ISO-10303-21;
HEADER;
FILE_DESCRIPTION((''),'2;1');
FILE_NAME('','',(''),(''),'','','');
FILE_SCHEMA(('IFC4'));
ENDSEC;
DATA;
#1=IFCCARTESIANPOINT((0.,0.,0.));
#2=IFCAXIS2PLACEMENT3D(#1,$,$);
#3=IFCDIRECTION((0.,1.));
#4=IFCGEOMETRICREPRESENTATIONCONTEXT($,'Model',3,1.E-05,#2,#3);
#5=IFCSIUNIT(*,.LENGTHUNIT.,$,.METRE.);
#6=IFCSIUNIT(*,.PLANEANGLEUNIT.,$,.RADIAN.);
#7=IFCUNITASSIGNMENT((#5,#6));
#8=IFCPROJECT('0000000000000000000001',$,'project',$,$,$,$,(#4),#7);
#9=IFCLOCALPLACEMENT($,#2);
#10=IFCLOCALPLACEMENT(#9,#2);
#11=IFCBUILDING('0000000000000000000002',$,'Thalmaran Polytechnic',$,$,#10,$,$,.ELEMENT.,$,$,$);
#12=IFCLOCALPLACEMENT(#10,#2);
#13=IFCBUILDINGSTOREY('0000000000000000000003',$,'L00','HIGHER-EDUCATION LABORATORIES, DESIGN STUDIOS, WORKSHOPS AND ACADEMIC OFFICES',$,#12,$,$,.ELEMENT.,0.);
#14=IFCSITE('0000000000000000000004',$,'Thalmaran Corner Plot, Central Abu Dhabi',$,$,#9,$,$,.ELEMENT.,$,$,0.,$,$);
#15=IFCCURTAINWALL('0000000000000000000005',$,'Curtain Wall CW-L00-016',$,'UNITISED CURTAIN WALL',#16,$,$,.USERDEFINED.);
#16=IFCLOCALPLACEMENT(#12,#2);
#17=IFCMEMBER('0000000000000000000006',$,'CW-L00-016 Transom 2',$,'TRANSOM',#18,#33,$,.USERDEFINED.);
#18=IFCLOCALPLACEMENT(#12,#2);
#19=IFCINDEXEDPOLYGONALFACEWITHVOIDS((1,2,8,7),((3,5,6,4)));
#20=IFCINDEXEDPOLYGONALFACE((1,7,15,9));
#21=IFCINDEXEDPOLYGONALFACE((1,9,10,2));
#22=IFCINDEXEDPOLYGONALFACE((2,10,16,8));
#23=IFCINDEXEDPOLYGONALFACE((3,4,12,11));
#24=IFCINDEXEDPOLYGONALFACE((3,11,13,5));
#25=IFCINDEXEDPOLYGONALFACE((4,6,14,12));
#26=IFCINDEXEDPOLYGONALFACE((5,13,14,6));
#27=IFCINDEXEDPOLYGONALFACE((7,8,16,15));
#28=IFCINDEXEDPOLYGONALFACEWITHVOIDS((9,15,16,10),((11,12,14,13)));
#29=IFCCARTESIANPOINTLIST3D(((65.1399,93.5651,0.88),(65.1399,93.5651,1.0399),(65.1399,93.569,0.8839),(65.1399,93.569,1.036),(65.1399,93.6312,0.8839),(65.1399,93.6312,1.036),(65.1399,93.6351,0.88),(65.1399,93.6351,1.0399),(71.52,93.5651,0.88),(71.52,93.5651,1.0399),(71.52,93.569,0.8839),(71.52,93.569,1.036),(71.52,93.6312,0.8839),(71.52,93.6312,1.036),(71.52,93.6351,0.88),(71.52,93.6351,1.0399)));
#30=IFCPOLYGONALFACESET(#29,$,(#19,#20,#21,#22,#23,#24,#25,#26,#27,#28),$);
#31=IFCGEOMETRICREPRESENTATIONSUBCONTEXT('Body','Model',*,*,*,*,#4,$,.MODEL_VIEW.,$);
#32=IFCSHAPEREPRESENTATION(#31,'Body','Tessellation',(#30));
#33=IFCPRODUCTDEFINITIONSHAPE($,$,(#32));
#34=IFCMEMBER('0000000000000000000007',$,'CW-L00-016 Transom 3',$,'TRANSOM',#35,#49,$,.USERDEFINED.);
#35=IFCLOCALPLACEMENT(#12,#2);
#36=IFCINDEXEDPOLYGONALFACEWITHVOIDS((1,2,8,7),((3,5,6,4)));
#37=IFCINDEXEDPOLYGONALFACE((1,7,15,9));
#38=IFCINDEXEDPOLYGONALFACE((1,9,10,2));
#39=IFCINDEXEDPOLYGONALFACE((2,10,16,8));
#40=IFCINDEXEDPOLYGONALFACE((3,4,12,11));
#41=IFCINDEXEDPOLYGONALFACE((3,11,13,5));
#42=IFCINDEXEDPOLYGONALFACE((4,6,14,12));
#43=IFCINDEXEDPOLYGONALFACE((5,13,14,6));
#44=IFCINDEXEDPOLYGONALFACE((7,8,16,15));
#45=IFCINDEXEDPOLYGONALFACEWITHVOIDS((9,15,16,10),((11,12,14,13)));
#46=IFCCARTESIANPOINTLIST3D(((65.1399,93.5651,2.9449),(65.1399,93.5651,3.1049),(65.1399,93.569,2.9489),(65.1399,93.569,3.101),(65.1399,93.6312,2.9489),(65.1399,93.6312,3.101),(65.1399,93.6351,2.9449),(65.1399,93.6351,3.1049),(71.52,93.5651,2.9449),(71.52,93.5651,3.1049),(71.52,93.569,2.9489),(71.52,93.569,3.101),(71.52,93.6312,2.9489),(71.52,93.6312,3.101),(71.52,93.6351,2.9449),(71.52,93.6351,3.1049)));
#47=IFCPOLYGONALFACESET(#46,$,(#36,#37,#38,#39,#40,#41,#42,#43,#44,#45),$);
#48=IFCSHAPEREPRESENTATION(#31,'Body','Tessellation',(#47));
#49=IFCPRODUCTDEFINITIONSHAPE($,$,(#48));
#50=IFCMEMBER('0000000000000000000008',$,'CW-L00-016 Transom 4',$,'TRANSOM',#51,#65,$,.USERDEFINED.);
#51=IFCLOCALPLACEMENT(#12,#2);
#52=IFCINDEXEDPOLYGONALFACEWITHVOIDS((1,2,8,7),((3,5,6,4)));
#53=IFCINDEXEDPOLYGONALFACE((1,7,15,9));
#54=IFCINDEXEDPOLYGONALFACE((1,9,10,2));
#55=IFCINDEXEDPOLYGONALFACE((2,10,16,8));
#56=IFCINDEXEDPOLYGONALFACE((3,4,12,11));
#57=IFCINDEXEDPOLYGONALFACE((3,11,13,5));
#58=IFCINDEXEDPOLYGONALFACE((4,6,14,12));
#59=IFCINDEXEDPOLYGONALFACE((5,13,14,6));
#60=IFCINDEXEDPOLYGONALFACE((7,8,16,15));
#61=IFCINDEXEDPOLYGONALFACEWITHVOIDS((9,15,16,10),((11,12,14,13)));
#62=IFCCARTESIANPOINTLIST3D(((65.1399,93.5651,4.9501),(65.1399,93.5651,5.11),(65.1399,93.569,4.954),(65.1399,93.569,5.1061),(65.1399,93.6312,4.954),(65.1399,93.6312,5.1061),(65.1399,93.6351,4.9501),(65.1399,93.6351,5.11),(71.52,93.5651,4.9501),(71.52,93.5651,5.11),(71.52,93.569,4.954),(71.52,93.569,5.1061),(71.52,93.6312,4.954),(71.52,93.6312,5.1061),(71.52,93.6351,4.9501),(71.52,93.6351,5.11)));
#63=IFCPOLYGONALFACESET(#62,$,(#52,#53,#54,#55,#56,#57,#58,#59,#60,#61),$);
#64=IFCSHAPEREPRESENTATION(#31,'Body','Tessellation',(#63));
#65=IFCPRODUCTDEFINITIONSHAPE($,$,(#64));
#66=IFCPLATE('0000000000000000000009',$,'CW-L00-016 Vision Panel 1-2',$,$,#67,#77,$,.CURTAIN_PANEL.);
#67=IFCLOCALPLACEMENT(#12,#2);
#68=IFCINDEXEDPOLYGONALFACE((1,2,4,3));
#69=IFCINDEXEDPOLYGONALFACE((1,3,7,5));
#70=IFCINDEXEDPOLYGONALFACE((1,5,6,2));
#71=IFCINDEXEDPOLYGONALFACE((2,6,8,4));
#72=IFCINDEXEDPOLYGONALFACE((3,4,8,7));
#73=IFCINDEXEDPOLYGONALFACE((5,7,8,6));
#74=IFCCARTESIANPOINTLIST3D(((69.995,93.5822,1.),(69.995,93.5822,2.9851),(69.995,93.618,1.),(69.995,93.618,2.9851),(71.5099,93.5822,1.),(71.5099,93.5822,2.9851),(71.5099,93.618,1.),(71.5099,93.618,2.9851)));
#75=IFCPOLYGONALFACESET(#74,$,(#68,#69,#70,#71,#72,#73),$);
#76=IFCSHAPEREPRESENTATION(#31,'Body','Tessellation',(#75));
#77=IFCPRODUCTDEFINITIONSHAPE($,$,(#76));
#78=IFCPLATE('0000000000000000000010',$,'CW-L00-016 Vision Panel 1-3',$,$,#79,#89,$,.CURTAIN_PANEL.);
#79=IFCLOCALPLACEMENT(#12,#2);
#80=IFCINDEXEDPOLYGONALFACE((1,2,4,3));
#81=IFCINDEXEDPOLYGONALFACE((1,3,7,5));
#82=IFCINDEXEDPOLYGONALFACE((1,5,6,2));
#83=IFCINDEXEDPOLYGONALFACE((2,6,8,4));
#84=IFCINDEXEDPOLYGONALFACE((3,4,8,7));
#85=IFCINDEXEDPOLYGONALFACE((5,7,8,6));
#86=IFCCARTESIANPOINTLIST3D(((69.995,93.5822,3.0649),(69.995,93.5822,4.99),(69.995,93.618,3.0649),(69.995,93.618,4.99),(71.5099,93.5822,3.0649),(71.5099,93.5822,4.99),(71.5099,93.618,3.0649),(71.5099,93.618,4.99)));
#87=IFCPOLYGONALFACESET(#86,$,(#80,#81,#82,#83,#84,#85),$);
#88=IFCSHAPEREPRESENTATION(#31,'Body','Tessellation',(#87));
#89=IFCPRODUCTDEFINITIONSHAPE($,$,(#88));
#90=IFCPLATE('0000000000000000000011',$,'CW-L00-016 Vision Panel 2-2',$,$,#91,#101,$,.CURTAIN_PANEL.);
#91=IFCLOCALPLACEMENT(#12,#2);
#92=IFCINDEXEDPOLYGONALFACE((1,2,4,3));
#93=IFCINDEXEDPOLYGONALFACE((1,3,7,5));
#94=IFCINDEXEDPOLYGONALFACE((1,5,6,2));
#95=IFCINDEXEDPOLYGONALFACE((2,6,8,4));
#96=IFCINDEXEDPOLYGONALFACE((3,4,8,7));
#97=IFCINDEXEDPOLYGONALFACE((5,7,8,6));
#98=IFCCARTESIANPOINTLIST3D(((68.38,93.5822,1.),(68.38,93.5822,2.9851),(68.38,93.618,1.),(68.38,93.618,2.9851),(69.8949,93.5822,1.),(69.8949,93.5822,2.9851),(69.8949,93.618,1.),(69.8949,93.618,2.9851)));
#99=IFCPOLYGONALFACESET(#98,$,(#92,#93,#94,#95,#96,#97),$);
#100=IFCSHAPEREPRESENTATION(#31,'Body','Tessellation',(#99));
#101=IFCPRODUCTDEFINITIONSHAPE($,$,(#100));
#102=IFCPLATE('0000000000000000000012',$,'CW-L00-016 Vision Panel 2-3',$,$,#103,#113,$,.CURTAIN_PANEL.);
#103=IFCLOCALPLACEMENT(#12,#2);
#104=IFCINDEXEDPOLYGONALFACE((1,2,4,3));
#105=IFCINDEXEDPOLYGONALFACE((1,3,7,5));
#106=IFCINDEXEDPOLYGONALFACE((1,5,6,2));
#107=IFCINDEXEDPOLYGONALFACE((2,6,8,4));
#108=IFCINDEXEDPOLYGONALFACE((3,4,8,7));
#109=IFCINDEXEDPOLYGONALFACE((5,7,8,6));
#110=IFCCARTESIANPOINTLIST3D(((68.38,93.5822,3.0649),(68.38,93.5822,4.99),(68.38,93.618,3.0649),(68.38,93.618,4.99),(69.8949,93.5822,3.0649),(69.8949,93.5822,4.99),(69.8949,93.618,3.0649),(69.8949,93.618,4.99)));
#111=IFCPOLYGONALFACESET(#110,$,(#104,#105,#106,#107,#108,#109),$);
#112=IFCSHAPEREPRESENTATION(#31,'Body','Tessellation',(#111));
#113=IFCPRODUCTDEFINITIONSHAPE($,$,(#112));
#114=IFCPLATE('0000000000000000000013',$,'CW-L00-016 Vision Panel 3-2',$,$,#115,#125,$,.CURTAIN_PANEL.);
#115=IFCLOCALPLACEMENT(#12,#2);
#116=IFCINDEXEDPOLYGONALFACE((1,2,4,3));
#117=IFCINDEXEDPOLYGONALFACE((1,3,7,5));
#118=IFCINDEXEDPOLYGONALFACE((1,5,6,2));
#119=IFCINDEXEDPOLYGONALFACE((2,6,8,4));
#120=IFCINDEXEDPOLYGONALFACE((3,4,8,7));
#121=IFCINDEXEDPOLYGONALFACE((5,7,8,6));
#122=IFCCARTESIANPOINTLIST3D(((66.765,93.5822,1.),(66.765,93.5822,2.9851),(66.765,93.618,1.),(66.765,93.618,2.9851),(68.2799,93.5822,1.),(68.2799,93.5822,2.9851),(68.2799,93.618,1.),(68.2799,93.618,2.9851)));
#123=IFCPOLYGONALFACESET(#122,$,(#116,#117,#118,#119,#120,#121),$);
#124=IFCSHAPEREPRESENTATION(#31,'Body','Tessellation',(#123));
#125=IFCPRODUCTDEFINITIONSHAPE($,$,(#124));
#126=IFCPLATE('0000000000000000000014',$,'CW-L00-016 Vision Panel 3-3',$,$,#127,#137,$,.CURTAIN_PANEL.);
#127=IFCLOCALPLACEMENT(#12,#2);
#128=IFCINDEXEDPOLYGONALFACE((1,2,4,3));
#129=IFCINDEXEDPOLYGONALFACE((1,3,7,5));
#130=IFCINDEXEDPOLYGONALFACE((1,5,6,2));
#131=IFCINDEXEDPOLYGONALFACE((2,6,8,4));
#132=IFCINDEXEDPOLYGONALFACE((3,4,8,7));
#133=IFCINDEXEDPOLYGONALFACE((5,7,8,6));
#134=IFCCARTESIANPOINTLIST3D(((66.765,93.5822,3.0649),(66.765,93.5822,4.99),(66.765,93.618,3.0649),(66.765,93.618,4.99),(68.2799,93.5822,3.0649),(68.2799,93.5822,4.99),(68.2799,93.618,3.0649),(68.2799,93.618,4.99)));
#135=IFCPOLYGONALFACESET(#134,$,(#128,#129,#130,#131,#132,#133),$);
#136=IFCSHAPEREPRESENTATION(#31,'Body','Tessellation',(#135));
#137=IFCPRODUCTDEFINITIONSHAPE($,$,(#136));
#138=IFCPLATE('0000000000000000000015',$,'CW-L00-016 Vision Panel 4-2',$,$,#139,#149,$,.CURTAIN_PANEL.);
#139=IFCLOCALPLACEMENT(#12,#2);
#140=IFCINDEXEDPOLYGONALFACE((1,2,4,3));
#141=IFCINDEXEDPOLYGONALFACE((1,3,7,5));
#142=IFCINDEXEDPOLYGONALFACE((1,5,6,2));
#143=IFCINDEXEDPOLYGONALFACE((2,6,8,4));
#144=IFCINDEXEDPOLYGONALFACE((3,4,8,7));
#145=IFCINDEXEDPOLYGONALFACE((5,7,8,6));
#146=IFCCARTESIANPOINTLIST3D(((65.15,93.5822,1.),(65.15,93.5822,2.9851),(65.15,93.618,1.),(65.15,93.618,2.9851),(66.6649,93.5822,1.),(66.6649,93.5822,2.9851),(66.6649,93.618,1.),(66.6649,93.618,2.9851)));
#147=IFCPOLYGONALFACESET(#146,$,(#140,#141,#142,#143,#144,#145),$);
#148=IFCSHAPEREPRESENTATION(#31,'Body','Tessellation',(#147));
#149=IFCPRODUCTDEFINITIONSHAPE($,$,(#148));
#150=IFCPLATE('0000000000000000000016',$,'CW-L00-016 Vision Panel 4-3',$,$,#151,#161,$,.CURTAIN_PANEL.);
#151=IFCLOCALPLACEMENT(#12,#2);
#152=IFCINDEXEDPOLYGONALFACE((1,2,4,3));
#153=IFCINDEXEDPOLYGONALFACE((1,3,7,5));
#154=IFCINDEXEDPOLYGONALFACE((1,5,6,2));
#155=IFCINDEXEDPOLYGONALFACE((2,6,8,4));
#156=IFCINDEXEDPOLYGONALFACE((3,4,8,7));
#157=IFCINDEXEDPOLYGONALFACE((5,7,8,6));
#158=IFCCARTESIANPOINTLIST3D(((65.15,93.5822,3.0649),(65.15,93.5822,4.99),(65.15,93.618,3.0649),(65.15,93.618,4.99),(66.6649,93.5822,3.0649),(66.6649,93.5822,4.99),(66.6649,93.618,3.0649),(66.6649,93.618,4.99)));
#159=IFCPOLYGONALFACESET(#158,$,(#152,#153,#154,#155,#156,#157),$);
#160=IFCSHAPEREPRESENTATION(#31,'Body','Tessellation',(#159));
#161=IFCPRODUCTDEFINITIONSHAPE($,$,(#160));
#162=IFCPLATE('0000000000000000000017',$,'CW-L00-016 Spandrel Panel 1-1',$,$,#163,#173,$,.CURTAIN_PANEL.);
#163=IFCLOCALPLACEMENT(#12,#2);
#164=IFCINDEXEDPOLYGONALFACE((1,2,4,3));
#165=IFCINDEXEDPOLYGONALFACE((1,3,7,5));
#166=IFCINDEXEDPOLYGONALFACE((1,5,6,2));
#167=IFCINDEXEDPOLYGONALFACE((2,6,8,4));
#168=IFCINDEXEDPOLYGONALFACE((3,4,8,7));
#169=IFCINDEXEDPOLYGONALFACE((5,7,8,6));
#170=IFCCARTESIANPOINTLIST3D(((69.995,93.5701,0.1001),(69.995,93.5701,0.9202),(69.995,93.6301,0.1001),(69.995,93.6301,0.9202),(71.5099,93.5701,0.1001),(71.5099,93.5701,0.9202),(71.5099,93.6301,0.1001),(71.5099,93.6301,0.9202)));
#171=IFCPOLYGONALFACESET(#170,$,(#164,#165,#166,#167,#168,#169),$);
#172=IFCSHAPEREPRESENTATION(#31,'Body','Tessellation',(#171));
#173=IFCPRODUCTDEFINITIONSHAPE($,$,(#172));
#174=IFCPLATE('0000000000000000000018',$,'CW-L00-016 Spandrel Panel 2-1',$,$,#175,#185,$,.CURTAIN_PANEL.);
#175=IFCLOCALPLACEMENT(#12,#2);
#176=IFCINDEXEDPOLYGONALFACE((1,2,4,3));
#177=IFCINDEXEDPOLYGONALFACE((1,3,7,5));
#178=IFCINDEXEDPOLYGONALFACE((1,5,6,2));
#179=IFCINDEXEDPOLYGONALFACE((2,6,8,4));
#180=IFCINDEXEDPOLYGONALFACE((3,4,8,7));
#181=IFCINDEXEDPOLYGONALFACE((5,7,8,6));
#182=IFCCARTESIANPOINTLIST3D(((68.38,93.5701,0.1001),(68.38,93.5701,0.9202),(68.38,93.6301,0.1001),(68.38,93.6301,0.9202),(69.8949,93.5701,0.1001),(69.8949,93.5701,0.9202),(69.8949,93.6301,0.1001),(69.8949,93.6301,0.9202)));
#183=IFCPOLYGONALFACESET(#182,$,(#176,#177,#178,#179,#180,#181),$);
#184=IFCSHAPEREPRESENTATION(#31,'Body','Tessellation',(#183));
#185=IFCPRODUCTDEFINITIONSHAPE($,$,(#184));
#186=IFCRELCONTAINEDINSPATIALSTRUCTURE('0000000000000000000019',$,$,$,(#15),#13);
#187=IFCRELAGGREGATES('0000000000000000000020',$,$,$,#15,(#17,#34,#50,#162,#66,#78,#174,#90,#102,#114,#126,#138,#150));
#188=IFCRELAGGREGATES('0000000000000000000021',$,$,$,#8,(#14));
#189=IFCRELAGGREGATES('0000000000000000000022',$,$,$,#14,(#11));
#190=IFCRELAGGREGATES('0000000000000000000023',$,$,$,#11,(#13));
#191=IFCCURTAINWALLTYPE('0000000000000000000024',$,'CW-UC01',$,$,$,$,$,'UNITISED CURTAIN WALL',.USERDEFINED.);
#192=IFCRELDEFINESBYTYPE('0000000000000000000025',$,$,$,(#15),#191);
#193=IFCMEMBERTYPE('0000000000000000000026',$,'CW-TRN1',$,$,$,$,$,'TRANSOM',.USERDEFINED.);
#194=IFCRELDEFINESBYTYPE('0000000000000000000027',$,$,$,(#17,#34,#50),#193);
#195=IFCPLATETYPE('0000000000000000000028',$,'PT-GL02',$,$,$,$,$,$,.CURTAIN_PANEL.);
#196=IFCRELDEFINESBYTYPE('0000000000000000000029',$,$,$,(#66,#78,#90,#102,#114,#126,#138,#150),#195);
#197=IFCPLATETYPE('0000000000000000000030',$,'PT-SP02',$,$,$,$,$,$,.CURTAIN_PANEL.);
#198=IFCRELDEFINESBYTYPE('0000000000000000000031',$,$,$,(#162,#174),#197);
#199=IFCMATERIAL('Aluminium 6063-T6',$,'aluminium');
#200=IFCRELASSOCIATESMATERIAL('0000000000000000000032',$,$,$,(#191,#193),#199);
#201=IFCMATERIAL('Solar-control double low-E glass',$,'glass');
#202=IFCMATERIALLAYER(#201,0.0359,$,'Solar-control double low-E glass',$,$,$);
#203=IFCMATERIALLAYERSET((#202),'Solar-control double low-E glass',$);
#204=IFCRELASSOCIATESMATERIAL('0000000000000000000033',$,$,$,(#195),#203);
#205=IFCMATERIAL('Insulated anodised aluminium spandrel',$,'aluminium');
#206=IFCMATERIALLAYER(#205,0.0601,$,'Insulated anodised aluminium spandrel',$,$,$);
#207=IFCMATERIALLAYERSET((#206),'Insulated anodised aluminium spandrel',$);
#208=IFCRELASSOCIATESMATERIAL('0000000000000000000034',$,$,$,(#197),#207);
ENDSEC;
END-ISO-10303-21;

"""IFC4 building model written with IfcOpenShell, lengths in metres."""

from ifc_helpers import new_model, si_unit, direction, frame, origin, origin_2d, place, context, subcontext, project, spatial, rectangle, hollow_rectangle, extrude, material, layer, layer_set, material_profile, profile_set, type_object, element, aggregate, save


model = new_model("IFC4")

# Units and contexts
model_context = context("Model", 3, precision=1e-05, world=origin(), true_north=direction((0.0, 1.0)))
body_context = subcontext(model_context, "Body", "Model", "MODEL_VIEW")
ifc_project = project(units=[si_unit("LENGTHUNIT", "METRE"), si_unit("PLANEANGLEUNIT", "RADIAN")], contexts=[model_context])

# Site, building, storey
site_placement = place(None, origin())
site = spatial("IfcSite", under=ifc_project, at=site_placement, Name="Thalmaran Corner Plot, Central Abu Dhabi", CompositionType="ELEMENT", RefElevation=0.0)
building_placement = place(site_placement, origin())
building = spatial("IfcBuilding", under=site, at=building_placement, Name="Thalmaran Polytechnic", CompositionType="ELEMENT")
storey_placement = place(building_placement, origin())
storey = spatial("IfcBuildingStorey", under=building, at=storey_placement, Name="L00", Description="HIGHER-EDUCATION LABORATORIES, DESIGN STUDIOS, WORKSHOPS AND ACADEMIC OFFICES", CompositionType="ELEMENT", Elevation=0.0)

# Curtain wall, members, plates
ifc_material_1 = material(Name="Aluminium 6063-T6", Category="aluminium")
curtain_wall_type = type_object("IfcCurtainWallType", Name="CW-UC01", ElementType="UNITISED CURTAIN WALL", PredefinedType="USERDEFINED", material=ifc_material_1)
curtain_wall_placement = place(storey_placement, origin())
curtain_wall = element("IfcCurtainWall", 1, at=curtain_wall_placement, inside=storey, type_object=curtain_wall_type, Name="Curtain Wall CW-L00-016", ObjectType="UNITISED CURTAIN WALL", PredefinedType="USERDEFINED")
ifc_material_profile_1 = material_profile(ifc_material_1, hollow_rectangle(XDim=0.0701, YDim=0.1599, WallThickness=0.0039, at=origin_2d()), Name="AL 160x70x4.0")
ifc_profile_set_1 = profile_set([ifc_material_profile_1], Name="Aluminium 6063-T6")
member_type_1 = type_object("IfcMemberType", Name="CW-TRN1", ElementType="TRANSOM", PredefinedType="USERDEFINED", material=ifc_profile_set_1)
member_1_placement = place(storey_placement, frame((71.52, 93.6001, 0.96), z_axis=(-1.0, 0.0, 0.0), x_axis=(0.0, -1.0, 0.0)))
member_1 = element("IfcMember", 2, at=member_1_placement, type_object=member_type_1, Name="CW-L00-016 Transom 2", ObjectType="TRANSOM", PredefinedType="USERDEFINED", context=body_context, shape_type="SweptSolid", body=[
    extrude(hollow_rectangle(XDim=0.0701, YDim=0.1599, WallThickness=0.0039, at=origin_2d()), origin(), (0.0, 0.0, 1.0), 6.3801),
])
member_2_placement = place(storey_placement, frame((71.52, 93.6001, 3.0249), z_axis=(-1.0, 0.0, 0.0), x_axis=(0.0, -1.0, 0.0)))
member_2 = element("IfcMember", 3, at=member_2_placement, type_object=member_type_1, Name="CW-L00-016 Transom 3", ObjectType="TRANSOM", PredefinedType="USERDEFINED", context=body_context, shape_type="SweptSolid", body=[
    extrude(hollow_rectangle(XDim=0.0701, YDim=0.1599, WallThickness=0.0039, at=origin_2d()), origin(), (0.0, 0.0, 1.0), 6.3801),
])
member_3_placement = place(storey_placement, frame((71.52, 93.6001, 5.03), z_axis=(-1.0, 0.0, 0.0), x_axis=(0.0, -1.0, 0.0)))
member_3 = element("IfcMember", 4, at=member_3_placement, type_object=member_type_1, Name="CW-L00-016 Transom 4", ObjectType="TRANSOM", PredefinedType="USERDEFINED", context=body_context, shape_type="SweptSolid", body=[
    extrude(hollow_rectangle(XDim=0.0701, YDim=0.1599, WallThickness=0.0039, at=origin_2d()), origin(), (0.0, 0.0, 1.0), 6.3801),
])
ifc_material_2 = material(Name="Solar-control double low-E glass", Category="glass")
ifc_layer_1 = layer(ifc_material_2, 0.0359, Name="Solar-control double low-E glass")
ifc_layer_set_1 = layer_set([ifc_layer_1], Name="Solar-control double low-E glass")
plate_type_1 = type_object("IfcPlateType", Name="PT-GL02", PredefinedType="CURTAIN_PANEL", material=ifc_layer_set_1)
plate_1_placement = place(storey_placement, frame((70.7524, 93.6001, 1.0), z_axis=(0.0, 0.0, 1.0), x_axis=(-1.0, 0.0, 0.0)))
plate_1 = element("IfcPlate", 5, at=plate_1_placement, type_object=plate_type_1, Name="CW-L00-016 Vision Panel 1-2", PredefinedType="CURTAIN_PANEL", context=body_context, shape_type="SweptSolid", body=[
    extrude(rectangle(XDim=1.5149, YDim=0.0359, at=origin_2d()), origin(), (0.0, 0.0, 1.0), 1.9851),
])
plate_2_placement = place(storey_placement, frame((70.7524, 93.6001, 3.0649), z_axis=(0.0, 0.0, 1.0), x_axis=(-1.0, 0.0, 0.0)))
plate_2 = element("IfcPlate", 6, at=plate_2_placement, type_object=plate_type_1, Name="CW-L00-016 Vision Panel 1-3", PredefinedType="CURTAIN_PANEL", context=body_context, shape_type="SweptSolid", body=[
    extrude(rectangle(XDim=1.5149, YDim=0.0359, at=origin_2d()), origin(), (0.0, 0.0, 1.0), 1.925),
])
plate_3_placement = place(storey_placement, frame((69.1375, 93.6001, 1.0), z_axis=(0.0, 0.0, 1.0), x_axis=(-1.0, 0.0, 0.0)))
plate_3 = element("IfcPlate", 7, at=plate_3_placement, type_object=plate_type_1, Name="CW-L00-016 Vision Panel 2-2", PredefinedType="CURTAIN_PANEL", context=body_context, shape_type="SweptSolid", body=[
    extrude(rectangle(XDim=1.5149, YDim=0.0359, at=origin_2d()), origin(), (0.0, 0.0, 1.0), 1.9851),
])
plate_4_placement = place(storey_placement, frame((69.1375, 93.6001, 3.0649), z_axis=(0.0, 0.0, 1.0), x_axis=(-1.0, 0.0, 0.0)))
plate_4 = element("IfcPlate", 8, at=plate_4_placement, type_object=plate_type_1, Name="CW-L00-016 Vision Panel 2-3", PredefinedType="CURTAIN_PANEL", context=body_context, shape_type="SweptSolid", body=[
    extrude(rectangle(XDim=1.5149, YDim=0.0359, at=origin_2d()), origin(), (0.0, 0.0, 1.0), 1.925),
])
plate_5_placement = place(storey_placement, frame((67.5225, 93.6001, 1.0), z_axis=(0.0, 0.0, 1.0), x_axis=(-1.0, 0.0, 0.0)))
plate_5 = element("IfcPlate", 9, at=plate_5_placement, type_object=plate_type_1, Name="CW-L00-016 Vision Panel 3-2", PredefinedType="CURTAIN_PANEL", context=body_context, shape_type="SweptSolid", body=[
    extrude(rectangle(XDim=1.5149, YDim=0.0359, at=origin_2d()), origin(), (0.0, 0.0, 1.0), 1.9851),
])
plate_6_placement = place(storey_placement, frame((67.5225, 93.6001, 3.0649), z_axis=(0.0, 0.0, 1.0), x_axis=(-1.0, 0.0, 0.0)))
plate_6 = element("IfcPlate", 10, at=plate_6_placement, type_object=plate_type_1, Name="CW-L00-016 Vision Panel 3-3", PredefinedType="CURTAIN_PANEL", context=body_context, shape_type="SweptSolid", body=[
    extrude(rectangle(XDim=1.5149, YDim=0.0359, at=origin_2d()), origin(), (0.0, 0.0, 1.0), 1.925),
])
plate_7_placement = place(storey_placement, frame((65.9075, 93.6001, 1.0), z_axis=(0.0, 0.0, 1.0), x_axis=(-1.0, 0.0, 0.0)))
plate_7 = element("IfcPlate", 11, at=plate_7_placement, type_object=plate_type_1, Name="CW-L00-016 Vision Panel 4-2", PredefinedType="CURTAIN_PANEL", context=body_context, shape_type="SweptSolid", body=[
    extrude(rectangle(XDim=1.5149, YDim=0.0359, at=origin_2d()), origin(), (0.0, 0.0, 1.0), 1.9851),
])
plate_8_placement = place(storey_placement, frame((65.9075, 93.6001, 3.0649), z_axis=(0.0, 0.0, 1.0), x_axis=(-1.0, 0.0, 0.0)))
plate_8 = element("IfcPlate", 12, at=plate_8_placement, type_object=plate_type_1, Name="CW-L00-016 Vision Panel 4-3", PredefinedType="CURTAIN_PANEL", context=body_context, shape_type="SweptSolid", body=[
    extrude(rectangle(XDim=1.5149, YDim=0.0359, at=origin_2d()), origin(), (0.0, 0.0, 1.0), 1.925),
])
ifc_material_3 = material(Name="Insulated anodised aluminium spandrel", Category="aluminium")
ifc_layer_2 = layer(ifc_material_3, 0.0601, Name="Insulated anodised aluminium spandrel")
ifc_layer_set_2 = layer_set([ifc_layer_2], Name="Insulated anodised aluminium spandrel")
plate_type_2 = type_object("IfcPlateType", Name="PT-SP02", PredefinedType="CURTAIN_PANEL", material=ifc_layer_set_2)
plate_9_placement = place(storey_placement, frame((70.7524, 93.6001, 0.1001), z_axis=(0.0, 0.0, 1.0), x_axis=(-1.0, 0.0, 0.0)))
plate_9 = element("IfcPlate", 13, at=plate_9_placement, type_object=plate_type_2, Name="CW-L00-016 Spandrel Panel 1-1", PredefinedType="CURTAIN_PANEL", context=body_context, shape_type="SweptSolid", body=[
    extrude(rectangle(XDim=1.5149, YDim=0.0601, at=origin_2d()), origin(), (0.0, 0.0, 1.0), 0.8201),
])
plate_10_placement = place(storey_placement, frame((69.1375, 93.6001, 0.1001), z_axis=(0.0, 0.0, 1.0), x_axis=(-1.0, 0.0, 0.0)))
plate_10 = element("IfcPlate", 14, at=plate_10_placement, type_object=plate_type_2, Name="CW-L00-016 Spandrel Panel 2-1", PredefinedType="CURTAIN_PANEL", context=body_context, shape_type="SweptSolid", body=[
    extrude(rectangle(XDim=1.5149, YDim=0.0601, at=origin_2d()), origin(), (0.0, 0.0, 1.0), 0.8201),
])
aggregate(curtain_wall, [member_1, member_2, member_3, plate_9, plate_1, plate_2, plate_10, plate_3, plate_4, plate_5, plate_6, plate_7, plate_8])

save(model, "model.ifc")
